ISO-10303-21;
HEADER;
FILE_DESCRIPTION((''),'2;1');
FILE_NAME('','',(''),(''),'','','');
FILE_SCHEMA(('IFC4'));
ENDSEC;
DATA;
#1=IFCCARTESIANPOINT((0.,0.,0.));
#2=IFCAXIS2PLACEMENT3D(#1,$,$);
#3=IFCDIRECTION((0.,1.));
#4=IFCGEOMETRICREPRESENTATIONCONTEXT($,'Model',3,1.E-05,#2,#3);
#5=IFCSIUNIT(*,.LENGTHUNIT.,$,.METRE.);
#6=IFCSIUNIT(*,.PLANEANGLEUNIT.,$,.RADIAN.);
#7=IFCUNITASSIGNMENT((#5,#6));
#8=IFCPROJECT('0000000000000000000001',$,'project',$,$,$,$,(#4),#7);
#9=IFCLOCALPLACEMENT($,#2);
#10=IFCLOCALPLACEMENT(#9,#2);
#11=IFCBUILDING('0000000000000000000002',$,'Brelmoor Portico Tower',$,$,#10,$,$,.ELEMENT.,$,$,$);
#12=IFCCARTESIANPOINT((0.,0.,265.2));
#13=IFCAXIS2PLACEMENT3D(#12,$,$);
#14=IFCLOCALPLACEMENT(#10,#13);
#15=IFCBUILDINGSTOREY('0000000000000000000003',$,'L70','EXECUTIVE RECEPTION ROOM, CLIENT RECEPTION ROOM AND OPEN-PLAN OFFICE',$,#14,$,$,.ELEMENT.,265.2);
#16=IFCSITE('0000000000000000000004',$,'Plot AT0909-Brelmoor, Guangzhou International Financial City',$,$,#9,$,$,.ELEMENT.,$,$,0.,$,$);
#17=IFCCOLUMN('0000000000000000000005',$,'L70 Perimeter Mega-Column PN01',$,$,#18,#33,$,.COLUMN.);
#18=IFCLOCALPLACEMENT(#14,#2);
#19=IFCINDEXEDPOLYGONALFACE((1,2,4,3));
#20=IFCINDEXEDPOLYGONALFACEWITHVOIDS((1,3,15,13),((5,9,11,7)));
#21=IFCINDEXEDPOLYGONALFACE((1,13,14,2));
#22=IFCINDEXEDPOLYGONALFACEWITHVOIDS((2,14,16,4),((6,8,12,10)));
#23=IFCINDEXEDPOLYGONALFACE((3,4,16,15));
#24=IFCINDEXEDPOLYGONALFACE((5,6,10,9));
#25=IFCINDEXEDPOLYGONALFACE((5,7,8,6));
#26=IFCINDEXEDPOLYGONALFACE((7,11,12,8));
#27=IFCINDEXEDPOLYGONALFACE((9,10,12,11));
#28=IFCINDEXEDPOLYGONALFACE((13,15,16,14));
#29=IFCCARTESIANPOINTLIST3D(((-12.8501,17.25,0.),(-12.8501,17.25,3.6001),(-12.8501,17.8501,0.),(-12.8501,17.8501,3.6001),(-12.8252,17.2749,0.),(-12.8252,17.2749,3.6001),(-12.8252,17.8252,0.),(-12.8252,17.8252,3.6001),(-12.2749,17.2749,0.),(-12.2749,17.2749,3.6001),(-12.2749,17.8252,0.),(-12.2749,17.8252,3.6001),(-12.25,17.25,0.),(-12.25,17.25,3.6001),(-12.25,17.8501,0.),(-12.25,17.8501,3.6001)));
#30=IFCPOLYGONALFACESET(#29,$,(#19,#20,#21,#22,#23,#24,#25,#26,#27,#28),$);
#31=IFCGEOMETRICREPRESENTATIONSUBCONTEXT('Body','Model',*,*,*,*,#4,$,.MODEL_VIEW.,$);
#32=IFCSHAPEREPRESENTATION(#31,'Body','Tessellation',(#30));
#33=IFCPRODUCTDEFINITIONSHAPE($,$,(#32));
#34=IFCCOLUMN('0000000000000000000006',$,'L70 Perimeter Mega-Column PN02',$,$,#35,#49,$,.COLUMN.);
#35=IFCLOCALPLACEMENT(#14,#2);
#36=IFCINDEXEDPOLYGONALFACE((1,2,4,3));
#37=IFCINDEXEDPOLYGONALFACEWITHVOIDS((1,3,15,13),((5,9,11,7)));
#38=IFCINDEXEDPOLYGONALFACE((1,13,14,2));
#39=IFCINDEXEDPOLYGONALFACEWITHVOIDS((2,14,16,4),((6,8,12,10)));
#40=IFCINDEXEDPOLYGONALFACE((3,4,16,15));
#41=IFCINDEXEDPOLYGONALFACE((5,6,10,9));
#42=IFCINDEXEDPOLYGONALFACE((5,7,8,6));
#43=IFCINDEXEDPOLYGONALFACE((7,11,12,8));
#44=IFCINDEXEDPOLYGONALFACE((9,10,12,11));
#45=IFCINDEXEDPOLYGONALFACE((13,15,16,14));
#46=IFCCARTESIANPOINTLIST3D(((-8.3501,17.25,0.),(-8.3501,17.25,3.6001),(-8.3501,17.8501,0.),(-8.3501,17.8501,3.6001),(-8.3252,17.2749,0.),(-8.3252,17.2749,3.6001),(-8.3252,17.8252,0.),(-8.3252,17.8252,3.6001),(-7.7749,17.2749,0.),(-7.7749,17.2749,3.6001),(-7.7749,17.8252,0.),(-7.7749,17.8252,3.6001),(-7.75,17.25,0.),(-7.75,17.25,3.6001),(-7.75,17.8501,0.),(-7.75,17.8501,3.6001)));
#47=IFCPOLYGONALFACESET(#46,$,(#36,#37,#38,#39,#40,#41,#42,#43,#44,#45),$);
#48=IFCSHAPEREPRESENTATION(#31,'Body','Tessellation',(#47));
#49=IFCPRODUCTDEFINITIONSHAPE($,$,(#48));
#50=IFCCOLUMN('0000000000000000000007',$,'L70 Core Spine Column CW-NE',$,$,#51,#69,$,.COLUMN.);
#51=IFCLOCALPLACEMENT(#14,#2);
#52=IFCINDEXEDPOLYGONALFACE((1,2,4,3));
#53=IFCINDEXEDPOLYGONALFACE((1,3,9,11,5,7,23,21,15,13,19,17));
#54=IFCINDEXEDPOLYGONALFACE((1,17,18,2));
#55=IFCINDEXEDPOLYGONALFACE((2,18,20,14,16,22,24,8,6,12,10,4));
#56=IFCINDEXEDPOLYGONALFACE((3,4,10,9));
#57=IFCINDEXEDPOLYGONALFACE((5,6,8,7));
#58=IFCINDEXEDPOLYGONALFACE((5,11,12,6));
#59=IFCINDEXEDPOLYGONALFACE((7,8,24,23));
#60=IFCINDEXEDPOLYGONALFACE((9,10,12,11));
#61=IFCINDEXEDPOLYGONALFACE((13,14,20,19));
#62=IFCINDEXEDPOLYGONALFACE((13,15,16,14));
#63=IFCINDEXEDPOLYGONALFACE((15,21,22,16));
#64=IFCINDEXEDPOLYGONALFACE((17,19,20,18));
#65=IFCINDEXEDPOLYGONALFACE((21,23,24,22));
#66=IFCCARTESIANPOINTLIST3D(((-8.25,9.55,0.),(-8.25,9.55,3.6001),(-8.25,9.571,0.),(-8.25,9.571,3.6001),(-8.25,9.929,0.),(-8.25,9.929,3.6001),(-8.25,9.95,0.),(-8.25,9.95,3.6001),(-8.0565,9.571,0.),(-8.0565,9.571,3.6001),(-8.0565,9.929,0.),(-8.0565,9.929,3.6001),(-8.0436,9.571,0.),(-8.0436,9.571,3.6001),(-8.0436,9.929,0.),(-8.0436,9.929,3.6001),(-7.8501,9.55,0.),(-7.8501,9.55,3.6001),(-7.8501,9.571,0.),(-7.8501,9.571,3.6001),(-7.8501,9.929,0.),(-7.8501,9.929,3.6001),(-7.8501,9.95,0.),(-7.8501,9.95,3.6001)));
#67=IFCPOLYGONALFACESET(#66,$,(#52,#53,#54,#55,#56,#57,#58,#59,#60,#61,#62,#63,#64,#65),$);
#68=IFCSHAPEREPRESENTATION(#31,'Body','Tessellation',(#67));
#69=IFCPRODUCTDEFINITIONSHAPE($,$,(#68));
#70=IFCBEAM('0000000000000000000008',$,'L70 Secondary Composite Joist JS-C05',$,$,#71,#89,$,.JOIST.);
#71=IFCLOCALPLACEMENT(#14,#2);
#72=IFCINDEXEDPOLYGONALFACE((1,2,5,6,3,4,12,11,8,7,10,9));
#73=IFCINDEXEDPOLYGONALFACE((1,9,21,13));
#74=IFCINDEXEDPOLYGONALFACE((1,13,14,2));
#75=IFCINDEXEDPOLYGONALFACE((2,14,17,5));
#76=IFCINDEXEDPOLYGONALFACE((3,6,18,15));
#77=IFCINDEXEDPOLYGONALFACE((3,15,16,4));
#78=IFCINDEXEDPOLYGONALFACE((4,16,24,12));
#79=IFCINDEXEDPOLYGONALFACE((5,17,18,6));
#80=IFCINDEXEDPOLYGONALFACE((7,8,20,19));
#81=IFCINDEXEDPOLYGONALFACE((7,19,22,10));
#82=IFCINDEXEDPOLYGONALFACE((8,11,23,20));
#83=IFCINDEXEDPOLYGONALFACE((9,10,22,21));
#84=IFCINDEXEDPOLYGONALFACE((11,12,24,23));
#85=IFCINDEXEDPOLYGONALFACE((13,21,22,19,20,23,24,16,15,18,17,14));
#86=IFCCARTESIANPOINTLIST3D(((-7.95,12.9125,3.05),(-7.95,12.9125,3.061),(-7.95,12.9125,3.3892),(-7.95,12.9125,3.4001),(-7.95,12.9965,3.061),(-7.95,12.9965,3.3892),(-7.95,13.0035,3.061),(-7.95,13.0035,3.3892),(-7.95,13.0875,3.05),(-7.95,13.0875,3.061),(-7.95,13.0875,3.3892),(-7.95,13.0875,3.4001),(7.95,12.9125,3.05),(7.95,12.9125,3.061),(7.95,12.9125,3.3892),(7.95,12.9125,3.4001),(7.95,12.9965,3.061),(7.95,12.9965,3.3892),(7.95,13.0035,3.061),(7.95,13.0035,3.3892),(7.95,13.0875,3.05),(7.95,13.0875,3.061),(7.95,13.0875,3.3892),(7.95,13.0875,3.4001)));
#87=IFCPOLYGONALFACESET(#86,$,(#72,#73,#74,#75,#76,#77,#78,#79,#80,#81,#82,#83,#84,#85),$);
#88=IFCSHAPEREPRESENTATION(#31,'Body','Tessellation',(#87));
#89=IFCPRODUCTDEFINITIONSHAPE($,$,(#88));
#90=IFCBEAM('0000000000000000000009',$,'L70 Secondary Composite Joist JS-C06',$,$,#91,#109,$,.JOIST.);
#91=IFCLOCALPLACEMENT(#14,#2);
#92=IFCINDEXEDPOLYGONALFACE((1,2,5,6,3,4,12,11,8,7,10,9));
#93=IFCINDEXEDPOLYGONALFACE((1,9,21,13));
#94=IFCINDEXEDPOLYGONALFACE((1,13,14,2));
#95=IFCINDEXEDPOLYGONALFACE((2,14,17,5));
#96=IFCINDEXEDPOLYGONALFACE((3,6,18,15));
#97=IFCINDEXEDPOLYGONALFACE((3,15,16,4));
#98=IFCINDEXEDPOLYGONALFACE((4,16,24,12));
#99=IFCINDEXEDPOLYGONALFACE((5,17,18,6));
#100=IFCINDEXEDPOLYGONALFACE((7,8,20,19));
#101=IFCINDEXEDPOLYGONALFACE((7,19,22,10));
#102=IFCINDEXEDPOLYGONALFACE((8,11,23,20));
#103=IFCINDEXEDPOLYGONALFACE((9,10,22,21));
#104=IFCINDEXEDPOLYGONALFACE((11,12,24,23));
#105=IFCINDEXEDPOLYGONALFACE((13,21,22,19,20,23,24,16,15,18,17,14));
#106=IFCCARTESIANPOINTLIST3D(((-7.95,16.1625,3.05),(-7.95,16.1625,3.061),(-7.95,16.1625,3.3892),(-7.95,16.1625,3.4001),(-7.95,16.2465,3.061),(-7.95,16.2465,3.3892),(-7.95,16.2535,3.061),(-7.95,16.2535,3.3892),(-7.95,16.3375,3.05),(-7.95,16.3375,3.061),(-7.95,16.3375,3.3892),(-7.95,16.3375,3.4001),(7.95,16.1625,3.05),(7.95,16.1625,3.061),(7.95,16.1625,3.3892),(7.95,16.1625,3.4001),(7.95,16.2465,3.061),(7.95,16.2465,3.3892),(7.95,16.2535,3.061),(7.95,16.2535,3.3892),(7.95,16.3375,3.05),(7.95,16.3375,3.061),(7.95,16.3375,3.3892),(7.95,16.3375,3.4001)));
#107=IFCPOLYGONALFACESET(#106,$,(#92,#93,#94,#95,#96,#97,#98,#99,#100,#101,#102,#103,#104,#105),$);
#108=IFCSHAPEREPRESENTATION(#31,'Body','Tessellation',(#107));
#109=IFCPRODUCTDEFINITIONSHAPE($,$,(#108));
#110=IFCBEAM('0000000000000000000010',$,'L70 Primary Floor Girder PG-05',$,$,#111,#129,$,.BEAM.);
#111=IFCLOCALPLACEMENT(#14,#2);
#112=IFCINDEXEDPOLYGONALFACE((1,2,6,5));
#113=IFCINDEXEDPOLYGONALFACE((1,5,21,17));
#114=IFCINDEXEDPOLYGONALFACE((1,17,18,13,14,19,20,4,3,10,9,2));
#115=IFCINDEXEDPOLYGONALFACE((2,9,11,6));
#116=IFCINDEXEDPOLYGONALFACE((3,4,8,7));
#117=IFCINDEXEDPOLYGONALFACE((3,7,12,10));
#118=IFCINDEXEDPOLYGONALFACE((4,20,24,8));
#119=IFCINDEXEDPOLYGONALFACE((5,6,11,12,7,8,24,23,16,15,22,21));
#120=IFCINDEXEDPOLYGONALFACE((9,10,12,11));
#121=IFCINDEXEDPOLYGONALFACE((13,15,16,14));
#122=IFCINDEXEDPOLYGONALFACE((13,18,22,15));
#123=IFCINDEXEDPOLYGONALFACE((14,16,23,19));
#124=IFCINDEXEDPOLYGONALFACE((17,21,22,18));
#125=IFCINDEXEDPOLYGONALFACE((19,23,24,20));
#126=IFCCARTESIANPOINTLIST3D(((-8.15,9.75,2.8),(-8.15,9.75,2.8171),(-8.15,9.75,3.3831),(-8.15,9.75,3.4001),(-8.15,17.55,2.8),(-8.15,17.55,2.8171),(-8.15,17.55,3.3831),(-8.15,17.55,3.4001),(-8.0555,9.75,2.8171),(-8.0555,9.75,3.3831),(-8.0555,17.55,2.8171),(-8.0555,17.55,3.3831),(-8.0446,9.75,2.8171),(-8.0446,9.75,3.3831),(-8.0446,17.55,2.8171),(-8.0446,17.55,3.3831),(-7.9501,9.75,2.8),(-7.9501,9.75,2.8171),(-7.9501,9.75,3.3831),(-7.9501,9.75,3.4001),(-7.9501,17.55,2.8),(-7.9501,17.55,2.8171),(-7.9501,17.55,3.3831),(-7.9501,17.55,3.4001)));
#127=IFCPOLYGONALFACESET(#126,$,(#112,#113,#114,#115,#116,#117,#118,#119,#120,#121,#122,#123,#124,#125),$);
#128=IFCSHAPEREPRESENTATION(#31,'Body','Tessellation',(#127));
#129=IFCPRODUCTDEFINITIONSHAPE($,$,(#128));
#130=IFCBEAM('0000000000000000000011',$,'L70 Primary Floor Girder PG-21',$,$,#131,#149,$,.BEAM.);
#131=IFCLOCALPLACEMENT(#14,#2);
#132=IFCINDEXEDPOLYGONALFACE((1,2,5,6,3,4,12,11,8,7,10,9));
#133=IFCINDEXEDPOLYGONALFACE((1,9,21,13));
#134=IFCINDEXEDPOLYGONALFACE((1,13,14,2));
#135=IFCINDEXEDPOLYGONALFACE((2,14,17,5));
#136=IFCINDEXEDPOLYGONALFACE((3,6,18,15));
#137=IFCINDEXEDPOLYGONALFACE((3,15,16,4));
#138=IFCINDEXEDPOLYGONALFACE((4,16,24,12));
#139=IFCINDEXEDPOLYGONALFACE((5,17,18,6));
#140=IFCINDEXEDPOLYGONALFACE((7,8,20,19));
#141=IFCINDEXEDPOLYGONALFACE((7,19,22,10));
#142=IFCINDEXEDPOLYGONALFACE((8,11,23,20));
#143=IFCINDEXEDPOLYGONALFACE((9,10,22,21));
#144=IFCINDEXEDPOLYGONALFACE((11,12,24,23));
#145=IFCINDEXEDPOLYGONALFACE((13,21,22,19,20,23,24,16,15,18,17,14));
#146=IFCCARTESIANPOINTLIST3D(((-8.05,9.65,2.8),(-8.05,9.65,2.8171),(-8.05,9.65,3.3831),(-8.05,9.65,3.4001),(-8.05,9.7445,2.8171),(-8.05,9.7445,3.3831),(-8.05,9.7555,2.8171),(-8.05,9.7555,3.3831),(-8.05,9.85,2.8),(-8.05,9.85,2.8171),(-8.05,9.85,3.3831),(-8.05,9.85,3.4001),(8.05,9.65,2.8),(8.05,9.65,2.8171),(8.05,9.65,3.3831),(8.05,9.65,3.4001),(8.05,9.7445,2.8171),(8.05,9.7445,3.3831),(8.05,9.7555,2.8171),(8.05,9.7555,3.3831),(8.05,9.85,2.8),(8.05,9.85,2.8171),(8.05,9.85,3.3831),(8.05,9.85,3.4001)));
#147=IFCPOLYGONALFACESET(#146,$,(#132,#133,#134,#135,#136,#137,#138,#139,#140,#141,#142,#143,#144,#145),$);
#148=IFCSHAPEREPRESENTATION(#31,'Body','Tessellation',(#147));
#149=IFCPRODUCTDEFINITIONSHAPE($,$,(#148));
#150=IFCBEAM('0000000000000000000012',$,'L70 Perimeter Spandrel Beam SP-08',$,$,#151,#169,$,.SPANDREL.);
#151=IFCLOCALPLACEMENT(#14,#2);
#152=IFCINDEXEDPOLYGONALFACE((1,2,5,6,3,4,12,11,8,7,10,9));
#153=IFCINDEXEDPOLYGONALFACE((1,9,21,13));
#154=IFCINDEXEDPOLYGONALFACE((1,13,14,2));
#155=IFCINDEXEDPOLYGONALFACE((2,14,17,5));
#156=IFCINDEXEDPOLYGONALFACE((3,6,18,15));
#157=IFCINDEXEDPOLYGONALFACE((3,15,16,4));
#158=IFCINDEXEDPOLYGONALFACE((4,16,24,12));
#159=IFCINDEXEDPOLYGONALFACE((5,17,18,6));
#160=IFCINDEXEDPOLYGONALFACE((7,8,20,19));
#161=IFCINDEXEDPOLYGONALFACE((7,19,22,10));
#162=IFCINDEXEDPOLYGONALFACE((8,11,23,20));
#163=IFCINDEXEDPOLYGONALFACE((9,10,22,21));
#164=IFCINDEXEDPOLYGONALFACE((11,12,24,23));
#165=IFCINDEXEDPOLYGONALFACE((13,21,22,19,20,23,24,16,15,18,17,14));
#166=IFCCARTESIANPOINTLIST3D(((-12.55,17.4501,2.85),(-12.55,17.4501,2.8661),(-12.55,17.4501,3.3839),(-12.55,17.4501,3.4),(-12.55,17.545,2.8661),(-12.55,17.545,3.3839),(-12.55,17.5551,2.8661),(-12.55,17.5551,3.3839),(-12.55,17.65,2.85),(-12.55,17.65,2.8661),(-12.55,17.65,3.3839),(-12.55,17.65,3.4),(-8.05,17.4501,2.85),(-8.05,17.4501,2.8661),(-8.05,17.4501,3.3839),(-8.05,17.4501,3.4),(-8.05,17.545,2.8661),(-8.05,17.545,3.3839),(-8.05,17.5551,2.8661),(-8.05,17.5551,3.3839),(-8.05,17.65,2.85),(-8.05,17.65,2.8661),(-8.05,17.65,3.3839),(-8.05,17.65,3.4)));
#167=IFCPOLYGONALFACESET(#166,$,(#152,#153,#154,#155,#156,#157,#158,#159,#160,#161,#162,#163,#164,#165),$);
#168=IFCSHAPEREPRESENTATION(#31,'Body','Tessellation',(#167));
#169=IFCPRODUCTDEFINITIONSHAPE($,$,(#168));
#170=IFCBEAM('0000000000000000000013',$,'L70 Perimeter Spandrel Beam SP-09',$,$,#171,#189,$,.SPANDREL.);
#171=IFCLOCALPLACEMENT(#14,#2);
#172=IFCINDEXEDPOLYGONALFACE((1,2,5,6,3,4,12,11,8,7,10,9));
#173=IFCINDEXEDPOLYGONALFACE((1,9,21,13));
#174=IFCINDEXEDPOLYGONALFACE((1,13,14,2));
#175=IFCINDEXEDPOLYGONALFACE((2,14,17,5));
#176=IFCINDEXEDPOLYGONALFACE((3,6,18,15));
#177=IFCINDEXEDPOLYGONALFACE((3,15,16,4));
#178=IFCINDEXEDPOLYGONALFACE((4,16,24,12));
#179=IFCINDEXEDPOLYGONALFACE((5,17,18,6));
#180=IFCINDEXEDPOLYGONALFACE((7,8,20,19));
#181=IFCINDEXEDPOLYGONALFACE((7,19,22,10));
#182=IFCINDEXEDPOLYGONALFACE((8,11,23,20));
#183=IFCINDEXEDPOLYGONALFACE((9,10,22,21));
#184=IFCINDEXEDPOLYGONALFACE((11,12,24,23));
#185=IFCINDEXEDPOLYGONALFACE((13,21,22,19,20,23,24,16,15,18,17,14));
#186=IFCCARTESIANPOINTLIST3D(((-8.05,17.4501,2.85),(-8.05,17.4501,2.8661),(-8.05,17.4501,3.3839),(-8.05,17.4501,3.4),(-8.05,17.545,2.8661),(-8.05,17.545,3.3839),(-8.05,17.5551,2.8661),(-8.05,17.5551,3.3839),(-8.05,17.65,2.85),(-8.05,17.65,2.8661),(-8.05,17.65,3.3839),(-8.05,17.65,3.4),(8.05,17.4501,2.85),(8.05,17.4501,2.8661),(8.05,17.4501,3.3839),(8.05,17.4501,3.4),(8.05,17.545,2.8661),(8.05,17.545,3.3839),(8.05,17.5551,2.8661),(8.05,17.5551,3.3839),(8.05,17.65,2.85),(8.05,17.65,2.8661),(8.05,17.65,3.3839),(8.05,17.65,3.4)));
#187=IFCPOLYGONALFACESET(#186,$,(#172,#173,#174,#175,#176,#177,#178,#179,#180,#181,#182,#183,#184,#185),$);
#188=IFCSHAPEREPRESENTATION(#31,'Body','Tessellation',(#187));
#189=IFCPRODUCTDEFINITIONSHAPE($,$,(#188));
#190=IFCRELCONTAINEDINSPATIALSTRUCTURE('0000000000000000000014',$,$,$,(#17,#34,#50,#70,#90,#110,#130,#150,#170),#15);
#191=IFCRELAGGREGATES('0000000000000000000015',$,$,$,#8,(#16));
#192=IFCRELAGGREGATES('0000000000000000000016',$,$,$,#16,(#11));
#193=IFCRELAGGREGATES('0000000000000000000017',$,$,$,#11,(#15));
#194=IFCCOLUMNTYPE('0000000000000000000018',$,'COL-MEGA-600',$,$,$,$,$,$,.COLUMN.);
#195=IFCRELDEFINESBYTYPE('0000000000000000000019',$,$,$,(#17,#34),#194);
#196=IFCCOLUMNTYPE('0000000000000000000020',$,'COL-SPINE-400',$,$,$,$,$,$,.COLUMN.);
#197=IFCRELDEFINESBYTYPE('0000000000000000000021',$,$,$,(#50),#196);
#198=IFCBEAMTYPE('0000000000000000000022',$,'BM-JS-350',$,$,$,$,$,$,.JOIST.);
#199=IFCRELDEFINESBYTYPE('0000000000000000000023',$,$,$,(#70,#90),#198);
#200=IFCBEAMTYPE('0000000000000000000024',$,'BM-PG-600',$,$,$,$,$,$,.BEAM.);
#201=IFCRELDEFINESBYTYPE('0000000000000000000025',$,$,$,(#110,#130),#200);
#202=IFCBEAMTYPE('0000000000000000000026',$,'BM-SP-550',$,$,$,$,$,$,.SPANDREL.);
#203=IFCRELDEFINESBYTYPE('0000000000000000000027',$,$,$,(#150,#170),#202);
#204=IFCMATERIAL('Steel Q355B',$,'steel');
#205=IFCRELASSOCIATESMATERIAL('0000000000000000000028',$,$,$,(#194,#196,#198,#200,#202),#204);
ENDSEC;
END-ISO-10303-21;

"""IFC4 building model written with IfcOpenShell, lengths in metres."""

from ifc_helpers import new_model, si_unit, direction, frame, origin, origin_2d, place, context, subcontext, project, spatial, hollow_rectangle, i_section, extrude, material, material_profile, profile_set, type_object, element, save


model = new_model("IFC4")

# Units and contexts
model_context = context("Model", 3, precision=1e-05, world=origin(), true_north=direction((0.0, 1.0)))
body_context = subcontext(model_context, "Body", "Model", "MODEL_VIEW")
ifc_project = project(units=[si_unit("LENGTHUNIT", "METRE"), si_unit("PLANEANGLEUNIT", "RADIAN")], contexts=[model_context])

# Site, building, storey
site_placement = place(None, origin())
site = spatial("IfcSite", under=ifc_project, at=site_placement, Name="Plot AT0909-Brelmoor, Guangzhou International Financial City", CompositionType="ELEMENT", RefElevation=0.0)
building_placement = place(site_placement, origin())
building = spatial("IfcBuilding", under=site, at=building_placement, Name="Brelmoor Portico Tower", CompositionType="ELEMENT")
storey_placement = place(building_placement, frame((0.0, 0.0, 265.2)))
storey = spatial("IfcBuildingStorey", under=building, at=storey_placement, Name="L70", Description="EXECUTIVE RECEPTION ROOM, CLIENT RECEPTION ROOM AND OPEN-PLAN OFFICE", CompositionType="ELEMENT", Elevation=265.2)

# Columns
ifc_material_1 = material(Name="Steel Q355B", Category="steel")
ifc_material_profile_1 = material_profile(ifc_material_1, hollow_rectangle(XDim=0.6001, YDim=0.6001, WallThickness=0.0249, at=origin_2d()), Name="BOX 600x600x25")
ifc_profile_set_1 = profile_set([ifc_material_profile_1], Name="Steel Q355B")
column_type_1 = type_object("IfcColumnType", Name="COL-MEGA-600", PredefinedType="COLUMN", material=ifc_profile_set_1)
for number, where, z_axis, x_axis, name in (
    (1, (-12.55, 17.55, 0.0), (0.0, 0.0, 1.0), (1.0, 0.0, 0.0), "L70 Perimeter Mega-Column PN01"),
    (2, (-8.05, 17.55, 0.0), (0.0, 0.0, 1.0), (1.0, 0.0, 0.0), "L70 Perimeter Mega-Column PN02"),
):
    element("IfcColumn", number, at=place(storey_placement, frame(where, z_axis=z_axis, x_axis=x_axis)), inside=storey, type_object=column_type_1, Name=name, PredefinedType="COLUMN", context=body_context, shape_type="SweptSolid", body=[
        extrude(hollow_rectangle(XDim=0.6001, YDim=0.6001, WallThickness=0.0249, at=origin_2d()), origin(), (0.0, 0.0, 1.0), 3.6001),
    ])
ifc_material_profile_2 = material_profile(ifc_material_1, i_section(OverallWidth=0.3999, OverallDepth=0.3999, WebThickness=0.0129, FlangeThickness=0.021, at=origin_2d()), Name="HW 400x400x13x21")
ifc_profile_set_2 = profile_set([ifc_material_profile_2], Name="Steel Q355B")
column_type_2 = type_object("IfcColumnType", Name="COL-SPINE-400", PredefinedType="COLUMN", material=ifc_profile_set_2)
column_placement = place(storey_placement, frame((-8.05, 9.75, 0.0), z_axis=(0.0, 0.0, 1.0), x_axis=(1.0, 0.0, 0.0)))
element("IfcColumn", 3, at=column_placement, inside=storey, type_object=column_type_2, Name="L70 Core Spine Column CW-NE", PredefinedType="COLUMN", context=body_context, shape_type="SweptSolid", body=[
    extrude(i_section(OverallWidth=0.3999, OverallDepth=0.3999, WebThickness=0.0129, FlangeThickness=0.021, at=origin_2d()), origin(), (0.0, 0.0, 1.0), 3.6001),
])

# Beams
ifc_material_profile_3 = material_profile(ifc_material_1, i_section(OverallWidth=0.175, OverallDepth=0.3501, WebThickness=0.0071, FlangeThickness=0.011, at=origin_2d()), Name="HN 350x175x7x11")
ifc_profile_set_3 = profile_set([ifc_material_profile_3], Name="Steel Q355B")
beam_type_1 = type_object("IfcBeamType", Name="BM-JS-350", PredefinedType="JOIST", material=ifc_profile_set_3)
for number, where, z_axis, x_axis, name in (
    (4, (-7.95, 13.0, 3.2251), (1.0, 0.0, 0.0), (0.0, 1.0, 0.0), "L70 Secondary Composite Joist JS-C05"),
    (5, (-7.95, 16.25, 3.2251), (1.0, 0.0, 0.0), (0.0, 1.0, 0.0), "L70 Secondary Composite Joist JS-C06"),
):
    element("IfcBeam", number, at=place(storey_placement, frame(where, z_axis=z_axis, x_axis=x_axis)), inside=storey, type_object=beam_type_1, Name=name, PredefinedType="JOIST", context=body_context, shape_type="SweptSolid", body=[
        extrude(i_section(OverallWidth=0.175, OverallDepth=0.3501, WebThickness=0.0071, FlangeThickness=0.011, at=origin_2d()), origin(), (0.0, 0.0, 1.0), 15.8999),
    ])
ifc_material_profile_4 = material_profile(ifc_material_1, i_section(OverallWidth=0.2, OverallDepth=0.6001, WebThickness=0.011, FlangeThickness=0.0171, at=origin_2d()), Name="HN 600x200x11x17")
ifc_profile_set_4 = profile_set([ifc_material_profile_4], Name="Steel Q355B")
beam_type_2 = type_object("IfcBeamType", Name="BM-PG-600", PredefinedType="BEAM", material=ifc_profile_set_4)
beam_1_placement = place(storey_placement, frame((-8.05, 9.75, 3.1001), z_axis=(0.0, 1.0, 0.0), x_axis=(-1.0, 0.0, 0.0)))
element("IfcBeam", 6, at=beam_1_placement, inside=storey, type_object=beam_type_2, Name="L70 Primary Floor Girder PG-05", PredefinedType="BEAM", context=body_context, shape_type="SweptSolid", body=[
    extrude(i_section(OverallWidth=0.2, OverallDepth=0.6001, WebThickness=0.011, FlangeThickness=0.0171, at=origin_2d()), origin(), (0.0, 0.0, 1.0), 7.8),
])
beam_2_placement = place(storey_placement, frame((-8.05, 9.75, 3.1001), z_axis=(1.0, 0.0, 0.0), x_axis=(0.0, 1.0, 0.0)))
element("IfcBeam", 7, at=beam_2_placement, inside=storey, type_object=beam_type_2, Name="L70 Primary Floor Girder PG-21", PredefinedType="BEAM", context=body_context, shape_type="SweptSolid", body=[
    extrude(i_section(OverallWidth=0.2, OverallDepth=0.6001, WebThickness=0.011, FlangeThickness=0.0171, at=origin_2d()), origin(), (0.0, 0.0, 1.0), 16.1001),
])
ifc_material_profile_5 = material_profile(ifc_material_1, i_section(OverallWidth=0.2, OverallDepth=0.55, WebThickness=0.01, FlangeThickness=0.0161, at=origin_2d()), Name="HN 550x200x10x16")
ifc_profile_set_5 = profile_set([ifc_material_profile_5], Name="Steel Q355B")
beam_type_3 = type_object("IfcBeamType", Name="BM-SP-550", PredefinedType="SPANDREL", material=ifc_profile_set_5)
beam_3_placement = place(storey_placement, frame((-12.55, 17.55, 3.125), z_axis=(1.0, 0.0, 0.0), x_axis=(0.0, 1.0, 0.0)))
element("IfcBeam", 8, at=beam_3_placement, inside=storey, type_object=beam_type_3, Name="L70 Perimeter Spandrel Beam SP-08", PredefinedType="SPANDREL", context=body_context, shape_type="SweptSolid", body=[
    extrude(i_section(OverallWidth=0.2, OverallDepth=0.55, WebThickness=0.01, FlangeThickness=0.0161, at=origin_2d()), origin(), (0.0, 0.0, 1.0), 4.5),
])
beam_4_placement = place(storey_placement, frame((-8.05, 17.55, 3.125), z_axis=(1.0, 0.0, 0.0), x_axis=(0.0, 1.0, 0.0)))
element("IfcBeam", 9, at=beam_4_placement, inside=storey, type_object=beam_type_3, Name="L70 Perimeter Spandrel Beam SP-09", PredefinedType="SPANDREL", context=body_context, shape_type="SweptSolid", body=[
    extrude(i_section(OverallWidth=0.2, OverallDepth=0.55, WebThickness=0.01, FlangeThickness=0.0161, at=origin_2d()), origin(), (0.0, 0.0, 1.0), 16.1001),
])

save(model, "model.ifc")
